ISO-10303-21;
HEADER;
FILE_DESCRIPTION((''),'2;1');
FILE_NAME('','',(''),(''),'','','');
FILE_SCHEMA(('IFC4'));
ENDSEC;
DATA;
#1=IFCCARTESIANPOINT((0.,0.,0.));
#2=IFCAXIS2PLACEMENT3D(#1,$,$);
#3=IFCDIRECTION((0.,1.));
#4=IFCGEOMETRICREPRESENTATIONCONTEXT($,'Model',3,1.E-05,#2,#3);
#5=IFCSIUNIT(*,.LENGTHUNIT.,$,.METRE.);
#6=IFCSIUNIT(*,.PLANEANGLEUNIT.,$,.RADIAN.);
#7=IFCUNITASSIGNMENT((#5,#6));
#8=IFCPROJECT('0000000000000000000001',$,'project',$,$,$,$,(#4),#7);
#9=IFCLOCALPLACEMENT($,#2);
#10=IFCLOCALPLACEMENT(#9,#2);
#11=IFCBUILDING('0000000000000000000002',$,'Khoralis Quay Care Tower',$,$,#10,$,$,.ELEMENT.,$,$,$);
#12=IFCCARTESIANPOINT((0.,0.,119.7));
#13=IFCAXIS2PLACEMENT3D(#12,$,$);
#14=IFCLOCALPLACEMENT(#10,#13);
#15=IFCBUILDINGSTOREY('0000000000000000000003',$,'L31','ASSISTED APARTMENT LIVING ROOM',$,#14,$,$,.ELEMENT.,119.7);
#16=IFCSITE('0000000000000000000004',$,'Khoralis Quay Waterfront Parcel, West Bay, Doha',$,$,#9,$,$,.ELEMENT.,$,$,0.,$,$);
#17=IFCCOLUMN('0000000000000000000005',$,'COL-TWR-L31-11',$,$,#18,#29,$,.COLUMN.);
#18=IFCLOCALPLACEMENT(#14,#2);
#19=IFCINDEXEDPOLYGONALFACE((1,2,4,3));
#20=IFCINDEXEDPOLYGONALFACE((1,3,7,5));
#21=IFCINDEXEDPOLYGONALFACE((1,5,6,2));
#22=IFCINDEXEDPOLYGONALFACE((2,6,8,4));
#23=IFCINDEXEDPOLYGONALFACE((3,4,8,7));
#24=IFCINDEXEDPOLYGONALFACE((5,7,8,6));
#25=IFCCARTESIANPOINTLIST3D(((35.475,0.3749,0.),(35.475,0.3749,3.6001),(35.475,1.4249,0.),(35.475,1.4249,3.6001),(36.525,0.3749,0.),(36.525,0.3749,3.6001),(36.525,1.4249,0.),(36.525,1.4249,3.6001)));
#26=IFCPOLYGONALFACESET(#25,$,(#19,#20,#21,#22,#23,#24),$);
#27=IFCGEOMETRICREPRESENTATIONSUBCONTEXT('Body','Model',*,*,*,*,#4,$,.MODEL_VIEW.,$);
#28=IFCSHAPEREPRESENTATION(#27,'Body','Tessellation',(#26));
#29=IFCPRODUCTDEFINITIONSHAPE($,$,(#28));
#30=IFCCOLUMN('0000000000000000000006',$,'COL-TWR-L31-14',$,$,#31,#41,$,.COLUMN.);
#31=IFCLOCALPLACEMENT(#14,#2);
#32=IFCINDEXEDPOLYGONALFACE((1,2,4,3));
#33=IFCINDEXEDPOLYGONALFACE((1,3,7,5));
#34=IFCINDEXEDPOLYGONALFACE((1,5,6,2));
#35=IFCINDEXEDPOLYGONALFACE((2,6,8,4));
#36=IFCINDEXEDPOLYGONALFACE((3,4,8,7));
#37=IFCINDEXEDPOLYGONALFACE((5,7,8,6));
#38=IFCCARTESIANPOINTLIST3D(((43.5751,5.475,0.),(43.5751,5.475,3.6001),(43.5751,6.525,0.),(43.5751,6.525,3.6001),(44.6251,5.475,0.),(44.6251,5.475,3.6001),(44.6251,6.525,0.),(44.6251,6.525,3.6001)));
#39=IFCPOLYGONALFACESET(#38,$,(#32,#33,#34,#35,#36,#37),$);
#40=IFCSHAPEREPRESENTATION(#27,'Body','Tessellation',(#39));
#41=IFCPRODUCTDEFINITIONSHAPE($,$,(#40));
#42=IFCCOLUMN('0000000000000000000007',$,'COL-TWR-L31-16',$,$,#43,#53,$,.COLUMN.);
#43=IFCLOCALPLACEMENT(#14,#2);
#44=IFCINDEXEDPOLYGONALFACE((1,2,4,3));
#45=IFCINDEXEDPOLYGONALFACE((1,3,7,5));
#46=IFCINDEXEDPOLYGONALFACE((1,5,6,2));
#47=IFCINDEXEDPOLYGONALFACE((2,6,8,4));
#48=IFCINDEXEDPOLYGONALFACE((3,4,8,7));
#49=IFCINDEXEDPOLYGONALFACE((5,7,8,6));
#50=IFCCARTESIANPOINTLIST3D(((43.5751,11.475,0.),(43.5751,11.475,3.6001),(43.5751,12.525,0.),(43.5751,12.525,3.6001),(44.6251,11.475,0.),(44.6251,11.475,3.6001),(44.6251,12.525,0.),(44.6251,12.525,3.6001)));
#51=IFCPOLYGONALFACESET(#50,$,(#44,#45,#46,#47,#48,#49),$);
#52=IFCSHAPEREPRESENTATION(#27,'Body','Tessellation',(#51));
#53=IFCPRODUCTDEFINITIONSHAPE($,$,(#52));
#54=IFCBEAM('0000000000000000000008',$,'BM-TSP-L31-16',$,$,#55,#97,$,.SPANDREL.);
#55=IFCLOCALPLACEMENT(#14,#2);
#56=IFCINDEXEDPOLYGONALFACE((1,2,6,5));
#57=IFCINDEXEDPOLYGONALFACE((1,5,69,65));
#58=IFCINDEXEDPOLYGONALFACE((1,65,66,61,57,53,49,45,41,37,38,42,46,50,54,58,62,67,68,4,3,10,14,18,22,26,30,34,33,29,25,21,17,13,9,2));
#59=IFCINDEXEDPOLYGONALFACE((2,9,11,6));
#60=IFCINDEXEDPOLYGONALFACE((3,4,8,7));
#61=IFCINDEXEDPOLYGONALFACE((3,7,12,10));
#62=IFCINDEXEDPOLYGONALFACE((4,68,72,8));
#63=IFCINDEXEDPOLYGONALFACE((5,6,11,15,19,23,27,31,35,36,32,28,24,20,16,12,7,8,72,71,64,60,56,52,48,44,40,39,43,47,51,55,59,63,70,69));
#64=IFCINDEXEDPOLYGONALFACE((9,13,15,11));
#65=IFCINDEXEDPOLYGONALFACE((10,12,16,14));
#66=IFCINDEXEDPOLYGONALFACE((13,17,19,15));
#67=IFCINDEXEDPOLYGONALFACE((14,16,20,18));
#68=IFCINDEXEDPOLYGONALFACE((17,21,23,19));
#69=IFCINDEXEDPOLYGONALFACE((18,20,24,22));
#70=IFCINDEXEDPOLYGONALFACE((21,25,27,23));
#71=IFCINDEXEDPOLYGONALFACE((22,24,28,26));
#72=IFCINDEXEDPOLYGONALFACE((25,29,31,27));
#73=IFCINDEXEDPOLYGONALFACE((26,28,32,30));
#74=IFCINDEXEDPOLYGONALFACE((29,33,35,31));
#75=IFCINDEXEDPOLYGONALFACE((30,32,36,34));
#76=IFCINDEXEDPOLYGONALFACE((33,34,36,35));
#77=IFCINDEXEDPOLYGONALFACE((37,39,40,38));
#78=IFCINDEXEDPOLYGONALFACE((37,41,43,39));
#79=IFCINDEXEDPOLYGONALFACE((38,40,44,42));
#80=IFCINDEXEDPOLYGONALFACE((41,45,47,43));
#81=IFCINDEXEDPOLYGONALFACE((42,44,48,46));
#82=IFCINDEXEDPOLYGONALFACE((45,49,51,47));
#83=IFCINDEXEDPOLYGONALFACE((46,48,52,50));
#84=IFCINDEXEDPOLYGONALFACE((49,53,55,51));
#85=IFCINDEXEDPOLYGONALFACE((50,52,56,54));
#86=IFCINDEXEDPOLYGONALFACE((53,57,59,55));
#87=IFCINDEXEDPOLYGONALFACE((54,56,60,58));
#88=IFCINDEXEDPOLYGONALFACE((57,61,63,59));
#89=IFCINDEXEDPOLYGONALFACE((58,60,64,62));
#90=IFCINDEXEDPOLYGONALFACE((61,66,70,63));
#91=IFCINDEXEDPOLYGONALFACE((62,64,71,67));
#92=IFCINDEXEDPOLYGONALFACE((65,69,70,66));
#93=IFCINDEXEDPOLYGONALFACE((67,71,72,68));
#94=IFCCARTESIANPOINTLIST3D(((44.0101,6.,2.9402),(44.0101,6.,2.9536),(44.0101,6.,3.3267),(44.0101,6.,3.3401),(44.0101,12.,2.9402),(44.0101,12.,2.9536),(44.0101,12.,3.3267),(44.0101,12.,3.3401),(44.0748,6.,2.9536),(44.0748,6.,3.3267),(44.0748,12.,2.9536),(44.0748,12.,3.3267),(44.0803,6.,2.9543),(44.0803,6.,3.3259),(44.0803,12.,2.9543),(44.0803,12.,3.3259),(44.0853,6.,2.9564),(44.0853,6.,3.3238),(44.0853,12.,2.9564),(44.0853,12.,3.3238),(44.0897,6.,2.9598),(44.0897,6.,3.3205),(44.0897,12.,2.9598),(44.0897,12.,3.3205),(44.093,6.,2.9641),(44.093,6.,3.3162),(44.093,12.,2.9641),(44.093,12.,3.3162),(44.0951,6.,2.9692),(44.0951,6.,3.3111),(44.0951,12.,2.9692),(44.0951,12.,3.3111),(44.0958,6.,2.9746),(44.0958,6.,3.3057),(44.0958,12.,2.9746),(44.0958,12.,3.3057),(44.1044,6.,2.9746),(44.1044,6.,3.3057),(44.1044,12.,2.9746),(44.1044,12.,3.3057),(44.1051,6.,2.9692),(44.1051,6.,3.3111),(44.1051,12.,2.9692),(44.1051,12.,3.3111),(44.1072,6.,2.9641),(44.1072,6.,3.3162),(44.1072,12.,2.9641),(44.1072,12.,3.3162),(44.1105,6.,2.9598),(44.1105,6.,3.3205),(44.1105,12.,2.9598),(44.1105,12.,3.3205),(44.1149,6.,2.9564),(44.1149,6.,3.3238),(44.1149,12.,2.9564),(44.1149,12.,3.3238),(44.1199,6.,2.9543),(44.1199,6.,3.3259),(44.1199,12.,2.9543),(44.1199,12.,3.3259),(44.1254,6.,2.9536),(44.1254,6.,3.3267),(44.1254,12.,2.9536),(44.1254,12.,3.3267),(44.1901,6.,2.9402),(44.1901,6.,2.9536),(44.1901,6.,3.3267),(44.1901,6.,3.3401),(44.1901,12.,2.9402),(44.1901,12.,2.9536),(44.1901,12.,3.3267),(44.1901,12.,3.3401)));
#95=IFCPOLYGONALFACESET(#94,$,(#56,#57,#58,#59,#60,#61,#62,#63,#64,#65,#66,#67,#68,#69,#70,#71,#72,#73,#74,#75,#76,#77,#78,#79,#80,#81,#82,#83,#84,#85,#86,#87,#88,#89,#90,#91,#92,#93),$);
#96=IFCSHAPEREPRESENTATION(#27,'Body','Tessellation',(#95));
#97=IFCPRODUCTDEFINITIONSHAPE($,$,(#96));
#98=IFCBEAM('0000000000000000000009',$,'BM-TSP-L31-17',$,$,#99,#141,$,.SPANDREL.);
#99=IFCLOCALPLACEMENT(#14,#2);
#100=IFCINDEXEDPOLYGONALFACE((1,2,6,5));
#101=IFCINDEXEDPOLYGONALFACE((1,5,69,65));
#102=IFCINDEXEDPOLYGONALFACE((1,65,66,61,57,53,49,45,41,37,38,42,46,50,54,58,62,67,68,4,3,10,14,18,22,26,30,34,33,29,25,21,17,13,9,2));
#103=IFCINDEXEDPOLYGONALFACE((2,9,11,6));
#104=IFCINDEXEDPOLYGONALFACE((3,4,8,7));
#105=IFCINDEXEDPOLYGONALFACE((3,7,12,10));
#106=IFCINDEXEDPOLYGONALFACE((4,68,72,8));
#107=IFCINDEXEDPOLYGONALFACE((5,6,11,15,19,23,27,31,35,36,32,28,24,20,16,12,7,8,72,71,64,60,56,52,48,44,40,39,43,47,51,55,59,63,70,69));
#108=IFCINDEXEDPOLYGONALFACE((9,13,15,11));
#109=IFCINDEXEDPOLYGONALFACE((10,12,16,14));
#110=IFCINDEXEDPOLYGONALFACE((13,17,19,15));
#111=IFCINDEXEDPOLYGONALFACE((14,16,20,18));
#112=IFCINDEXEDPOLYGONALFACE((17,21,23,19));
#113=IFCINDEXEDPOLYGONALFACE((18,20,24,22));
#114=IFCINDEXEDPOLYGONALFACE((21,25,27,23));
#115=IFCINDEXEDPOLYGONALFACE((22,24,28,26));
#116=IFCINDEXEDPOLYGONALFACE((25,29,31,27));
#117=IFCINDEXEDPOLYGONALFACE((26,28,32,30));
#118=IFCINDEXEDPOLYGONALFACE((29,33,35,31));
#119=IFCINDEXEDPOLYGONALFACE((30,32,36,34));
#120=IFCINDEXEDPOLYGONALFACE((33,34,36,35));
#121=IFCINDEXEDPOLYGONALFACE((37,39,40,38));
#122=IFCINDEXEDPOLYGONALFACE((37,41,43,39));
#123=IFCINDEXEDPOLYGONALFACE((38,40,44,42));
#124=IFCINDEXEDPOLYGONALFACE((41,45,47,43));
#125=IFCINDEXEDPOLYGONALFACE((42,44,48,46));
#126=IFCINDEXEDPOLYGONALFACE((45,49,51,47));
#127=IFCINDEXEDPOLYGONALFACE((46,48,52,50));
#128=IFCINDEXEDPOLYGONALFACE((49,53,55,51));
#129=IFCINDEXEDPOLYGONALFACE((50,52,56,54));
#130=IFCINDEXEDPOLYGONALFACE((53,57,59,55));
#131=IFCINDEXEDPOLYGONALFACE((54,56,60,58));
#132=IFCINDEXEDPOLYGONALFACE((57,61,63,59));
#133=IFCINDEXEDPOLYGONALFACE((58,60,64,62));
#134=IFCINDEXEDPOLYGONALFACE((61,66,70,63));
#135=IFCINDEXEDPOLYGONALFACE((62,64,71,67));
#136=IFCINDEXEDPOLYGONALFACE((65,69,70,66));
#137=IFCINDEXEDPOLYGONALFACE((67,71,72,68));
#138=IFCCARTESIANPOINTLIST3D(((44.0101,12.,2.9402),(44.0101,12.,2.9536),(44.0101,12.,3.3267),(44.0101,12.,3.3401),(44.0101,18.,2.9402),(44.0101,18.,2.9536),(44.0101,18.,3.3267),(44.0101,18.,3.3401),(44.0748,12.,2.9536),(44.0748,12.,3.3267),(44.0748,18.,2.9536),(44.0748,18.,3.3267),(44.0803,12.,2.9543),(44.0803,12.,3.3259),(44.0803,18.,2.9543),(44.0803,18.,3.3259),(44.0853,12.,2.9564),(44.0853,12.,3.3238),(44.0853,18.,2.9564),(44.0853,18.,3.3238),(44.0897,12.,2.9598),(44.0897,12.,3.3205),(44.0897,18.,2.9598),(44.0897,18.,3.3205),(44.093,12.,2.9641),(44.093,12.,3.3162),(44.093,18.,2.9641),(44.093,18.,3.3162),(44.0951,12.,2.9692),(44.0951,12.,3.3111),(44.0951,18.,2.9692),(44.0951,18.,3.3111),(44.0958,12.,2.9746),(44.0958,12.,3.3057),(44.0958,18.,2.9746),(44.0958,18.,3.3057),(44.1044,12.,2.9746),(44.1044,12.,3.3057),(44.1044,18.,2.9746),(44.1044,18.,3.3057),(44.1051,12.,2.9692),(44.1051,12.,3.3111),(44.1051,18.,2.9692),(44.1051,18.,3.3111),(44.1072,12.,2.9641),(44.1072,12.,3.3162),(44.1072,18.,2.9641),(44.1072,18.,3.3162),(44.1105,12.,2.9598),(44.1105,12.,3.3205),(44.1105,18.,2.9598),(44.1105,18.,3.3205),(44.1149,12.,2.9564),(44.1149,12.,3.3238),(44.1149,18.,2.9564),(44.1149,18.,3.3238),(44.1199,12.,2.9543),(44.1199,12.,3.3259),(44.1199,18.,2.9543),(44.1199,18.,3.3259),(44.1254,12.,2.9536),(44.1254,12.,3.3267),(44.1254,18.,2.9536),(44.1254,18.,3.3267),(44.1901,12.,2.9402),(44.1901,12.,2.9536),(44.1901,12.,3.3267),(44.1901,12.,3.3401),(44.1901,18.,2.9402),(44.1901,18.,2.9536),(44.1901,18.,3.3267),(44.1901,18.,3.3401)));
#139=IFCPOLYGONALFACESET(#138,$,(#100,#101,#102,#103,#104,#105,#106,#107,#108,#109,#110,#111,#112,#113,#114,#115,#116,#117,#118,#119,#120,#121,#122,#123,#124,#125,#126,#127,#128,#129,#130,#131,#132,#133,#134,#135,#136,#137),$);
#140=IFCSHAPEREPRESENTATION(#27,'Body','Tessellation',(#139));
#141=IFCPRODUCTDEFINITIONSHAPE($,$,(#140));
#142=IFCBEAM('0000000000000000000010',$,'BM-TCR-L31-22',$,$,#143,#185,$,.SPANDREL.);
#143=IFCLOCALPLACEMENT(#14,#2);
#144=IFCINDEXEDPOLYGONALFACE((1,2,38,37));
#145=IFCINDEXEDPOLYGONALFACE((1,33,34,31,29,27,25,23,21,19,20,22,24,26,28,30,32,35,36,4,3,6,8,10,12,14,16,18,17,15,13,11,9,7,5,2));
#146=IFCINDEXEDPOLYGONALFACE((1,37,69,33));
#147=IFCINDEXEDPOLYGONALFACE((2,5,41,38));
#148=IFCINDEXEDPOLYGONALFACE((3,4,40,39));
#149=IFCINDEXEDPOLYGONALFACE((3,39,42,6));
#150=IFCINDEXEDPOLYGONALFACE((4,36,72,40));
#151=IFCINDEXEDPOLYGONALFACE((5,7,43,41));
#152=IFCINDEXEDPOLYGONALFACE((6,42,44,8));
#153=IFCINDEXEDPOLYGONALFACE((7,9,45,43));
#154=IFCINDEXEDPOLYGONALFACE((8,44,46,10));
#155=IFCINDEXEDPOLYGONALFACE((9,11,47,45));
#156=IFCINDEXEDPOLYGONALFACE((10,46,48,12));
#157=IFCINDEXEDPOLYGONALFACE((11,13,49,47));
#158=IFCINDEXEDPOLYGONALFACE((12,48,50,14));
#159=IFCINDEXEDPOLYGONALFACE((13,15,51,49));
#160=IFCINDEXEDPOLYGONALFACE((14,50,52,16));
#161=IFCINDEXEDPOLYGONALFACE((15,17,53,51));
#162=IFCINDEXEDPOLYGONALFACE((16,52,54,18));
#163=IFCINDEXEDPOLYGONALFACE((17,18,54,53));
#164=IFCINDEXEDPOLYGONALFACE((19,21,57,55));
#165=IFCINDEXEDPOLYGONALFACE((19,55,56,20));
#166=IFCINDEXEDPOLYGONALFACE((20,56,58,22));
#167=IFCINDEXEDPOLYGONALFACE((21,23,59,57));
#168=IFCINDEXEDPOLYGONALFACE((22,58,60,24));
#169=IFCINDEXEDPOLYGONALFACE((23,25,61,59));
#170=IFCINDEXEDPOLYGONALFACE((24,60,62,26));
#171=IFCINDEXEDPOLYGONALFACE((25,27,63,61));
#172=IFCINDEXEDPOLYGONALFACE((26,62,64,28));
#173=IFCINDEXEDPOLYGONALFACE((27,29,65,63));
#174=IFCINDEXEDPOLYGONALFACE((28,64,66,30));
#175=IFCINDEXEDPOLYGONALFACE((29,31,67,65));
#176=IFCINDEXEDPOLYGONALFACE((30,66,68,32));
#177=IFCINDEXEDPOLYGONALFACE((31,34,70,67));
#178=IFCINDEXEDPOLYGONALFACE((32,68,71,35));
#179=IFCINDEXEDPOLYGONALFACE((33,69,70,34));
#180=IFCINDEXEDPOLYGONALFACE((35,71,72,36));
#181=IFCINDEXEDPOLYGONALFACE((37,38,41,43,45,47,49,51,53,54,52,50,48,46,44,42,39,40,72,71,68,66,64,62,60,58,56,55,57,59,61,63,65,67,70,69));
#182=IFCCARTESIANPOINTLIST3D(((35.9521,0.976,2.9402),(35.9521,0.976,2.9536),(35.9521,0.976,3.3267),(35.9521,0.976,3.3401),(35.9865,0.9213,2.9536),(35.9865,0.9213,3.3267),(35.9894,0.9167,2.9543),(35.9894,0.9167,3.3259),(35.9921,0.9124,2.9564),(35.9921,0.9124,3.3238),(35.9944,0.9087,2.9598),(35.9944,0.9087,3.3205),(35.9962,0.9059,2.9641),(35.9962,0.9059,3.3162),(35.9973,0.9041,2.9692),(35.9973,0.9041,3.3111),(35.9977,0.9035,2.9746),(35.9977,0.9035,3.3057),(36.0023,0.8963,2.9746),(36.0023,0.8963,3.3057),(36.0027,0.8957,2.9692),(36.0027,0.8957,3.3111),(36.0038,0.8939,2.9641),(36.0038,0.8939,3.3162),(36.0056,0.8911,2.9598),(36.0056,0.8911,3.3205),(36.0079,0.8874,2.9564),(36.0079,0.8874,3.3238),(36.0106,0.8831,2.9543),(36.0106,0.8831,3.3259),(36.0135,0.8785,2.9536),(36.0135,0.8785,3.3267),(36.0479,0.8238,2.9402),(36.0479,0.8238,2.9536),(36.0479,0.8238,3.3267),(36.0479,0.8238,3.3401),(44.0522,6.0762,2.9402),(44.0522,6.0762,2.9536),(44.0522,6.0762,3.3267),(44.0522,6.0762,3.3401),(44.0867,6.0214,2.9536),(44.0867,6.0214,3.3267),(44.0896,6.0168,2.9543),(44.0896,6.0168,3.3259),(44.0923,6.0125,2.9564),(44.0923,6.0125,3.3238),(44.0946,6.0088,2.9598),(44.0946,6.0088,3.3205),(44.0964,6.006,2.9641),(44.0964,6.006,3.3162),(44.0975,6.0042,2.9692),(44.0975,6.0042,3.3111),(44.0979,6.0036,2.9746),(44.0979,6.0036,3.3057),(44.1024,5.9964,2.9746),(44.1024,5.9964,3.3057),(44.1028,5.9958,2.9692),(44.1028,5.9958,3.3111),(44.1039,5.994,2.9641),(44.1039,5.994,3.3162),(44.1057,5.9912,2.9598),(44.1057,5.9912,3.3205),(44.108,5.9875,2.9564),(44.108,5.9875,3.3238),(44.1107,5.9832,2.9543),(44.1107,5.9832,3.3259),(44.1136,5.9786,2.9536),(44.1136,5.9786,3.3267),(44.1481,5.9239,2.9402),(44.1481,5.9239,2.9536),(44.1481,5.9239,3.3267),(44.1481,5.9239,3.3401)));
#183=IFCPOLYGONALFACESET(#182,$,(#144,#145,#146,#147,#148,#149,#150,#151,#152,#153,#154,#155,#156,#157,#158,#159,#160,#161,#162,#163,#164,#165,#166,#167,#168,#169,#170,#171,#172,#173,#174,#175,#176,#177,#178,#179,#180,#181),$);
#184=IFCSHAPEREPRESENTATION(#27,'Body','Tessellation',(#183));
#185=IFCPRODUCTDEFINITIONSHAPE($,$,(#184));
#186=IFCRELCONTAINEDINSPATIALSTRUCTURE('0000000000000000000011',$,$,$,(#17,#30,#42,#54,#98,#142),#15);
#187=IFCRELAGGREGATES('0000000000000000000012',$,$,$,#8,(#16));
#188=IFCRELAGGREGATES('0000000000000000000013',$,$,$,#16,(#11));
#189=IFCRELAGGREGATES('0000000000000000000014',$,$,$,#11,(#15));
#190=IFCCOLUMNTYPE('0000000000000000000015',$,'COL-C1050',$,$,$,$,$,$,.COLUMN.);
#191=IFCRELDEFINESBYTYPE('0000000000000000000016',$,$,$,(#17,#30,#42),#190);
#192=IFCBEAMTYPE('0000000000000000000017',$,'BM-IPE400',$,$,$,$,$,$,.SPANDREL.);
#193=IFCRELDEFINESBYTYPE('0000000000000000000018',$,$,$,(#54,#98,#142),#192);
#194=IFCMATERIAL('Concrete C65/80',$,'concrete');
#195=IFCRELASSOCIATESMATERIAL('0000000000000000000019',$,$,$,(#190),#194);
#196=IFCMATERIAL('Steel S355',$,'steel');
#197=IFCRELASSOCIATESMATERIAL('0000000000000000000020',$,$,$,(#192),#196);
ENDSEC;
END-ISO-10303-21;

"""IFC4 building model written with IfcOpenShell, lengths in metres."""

from ifc_helpers import new_model, si_unit, direction, frame, origin, origin_2d, place, context, subcontext, project, spatial, rectangle, i_section, extrude, source, transform, mapped, material, material_profile, profile_set, type_object, element, save


model = new_model("IFC4")

# Units and contexts
model_context = context("Model", 3, precision=1e-05, world=origin(), true_north=direction((0.0, 1.0)))
body_context = subcontext(model_context, "Body", "Model", "MODEL_VIEW")
ifc_project = project(units=[si_unit("LENGTHUNIT", "METRE"), si_unit("PLANEANGLEUNIT", "RADIAN")], contexts=[model_context])

# Site, building, storey
site_placement = place(None, origin())
site = spatial("IfcSite", under=ifc_project, at=site_placement, Name="Khoralis Quay Waterfront Parcel, West Bay, Doha", CompositionType="ELEMENT", RefElevation=0.0)
building_placement = place(site_placement, origin())
building = spatial("IfcBuilding", under=site, at=building_placement, Name="Khoralis Quay Care Tower", CompositionType="ELEMENT")
storey_placement = place(building_placement, frame((0.0, 0.0, 119.7)))
storey = spatial("IfcBuildingStorey", under=building, at=storey_placement, Name="L31", Description="ASSISTED APARTMENT LIVING ROOM", CompositionType="ELEMENT", Elevation=119.7)

# Columns
ifc_material_1 = material(Name="Concrete C65/80", Category="concrete")
ifc_material_profile_1 = material_profile(ifc_material_1, rectangle(XDim=1.05, YDim=1.05, at=origin_2d()), Name="Concrete C65/80")
ifc_profile_set_1 = profile_set([ifc_material_profile_1], Name="Concrete C65/80")
column_type = type_object("IfcColumnType", Name="COL-C1050", PredefinedType="COLUMN", material=ifc_profile_set_1)
shared_shape_1 = source(origin(), body_context, "Body", "SweptSolid", [
    extrude(rectangle(XDim=1.05, YDim=1.05, at=origin_2d()), origin(), (0.0, 0.0, 1.0), 3.6001),
])
for number, where, z_axis, x_axis, name in (
    (1, (36.0, 0.8999, 0.0), (0.0, 0.0, 1.0), (1.0, 0.0, 0.0), "COL-TWR-L31-11"),
    (2, (44.1001, 6.0, 0.0), (0.0, 0.0, 1.0), (1.0, 0.0, 0.0), "COL-TWR-L31-14"),
    (3, (44.1001, 12.0, 0.0), (0.0, 0.0, 1.0), (1.0, 0.0, 0.0), "COL-TWR-L31-16"),
):
    element("IfcColumn", number, at=place(storey_placement, frame(where, z_axis=z_axis, x_axis=x_axis)), inside=storey, type_object=column_type, Name=name, PredefinedType="COLUMN", context=body_context, shape_type="MappedRepresentation", body=[
        mapped(shared_shape_1, transform((0.0, 0.0, 0.0), scale=1.0)),
    ])

# Beams
ifc_material_2 = material(Name="Steel S355", Category="steel")
ifc_material_profile_2 = material_profile(ifc_material_2, i_section(OverallWidth=0.1799, OverallDepth=0.3999, WebThickness=0.0085, FlangeThickness=0.0134, FilletRadius=0.021, at=origin_2d()), Name="Steel S355")
ifc_profile_set_2 = profile_set([ifc_material_profile_2], Name="Steel S355")
beam_type_1 = type_object("IfcBeamType", Name="BM-IPE400", PredefinedType="SPANDREL", material=ifc_profile_set_2)
shared_shape_2 = source(origin(), body_context, "Body", "SweptSolid", [
    extrude(i_section(OverallWidth=0.1799, OverallDepth=0.3999, WebThickness=0.0085, FlangeThickness=0.0134, FilletRadius=0.021, at=origin_2d()), origin(), (0.0, 0.0, 1.0), 6.0),
])
for number, where, z_axis, x_axis, name in (
    (4, (44.1001, 6.0, 3.1401), (0.0, 1.0, 0.0), (-1.0, 0.0, 0.0), "BM-TSP-L31-16"),
    (5, (44.1001, 12.0, 3.1401), (0.0, 1.0, 0.0), (-1.0, 0.0, 0.0), "BM-TSP-L31-17"),
):
    element("IfcBeam", number, at=place(storey_placement, frame(where, z_axis=z_axis, x_axis=x_axis)), inside=storey, type_object=beam_type_1, Name=name, PredefinedType="SPANDREL", context=body_context, shape_type="MappedRepresentation", body=[
        mapped(shared_shape_2, transform((0.0, 0.0, 0.0), scale=1.0)),
    ])
shared_shape_3 = source(origin(), body_context, "Body", "SweptSolid", [
    extrude(i_section(OverallWidth=0.1799, OverallDepth=0.3999, WebThickness=0.0085, FlangeThickness=0.0134, FilletRadius=0.021, at=origin_2d()), origin(), (0.0, 0.0, 1.0), 9.572),
])
beam_1_placement = place(storey_placement, frame((36.0, 0.8999, 3.1401), z_axis=(0.846231, 0.532816, 0.0), x_axis=(-0.532816, 0.846231, 0.0)))
element("IfcBeam", 6, at=beam_1_placement, inside=storey, type_object=beam_type_1, Name="BM-TCR-L31-22", PredefinedType="SPANDREL", context=body_context, shape_type="MappedRepresentation", body=[
    mapped(shared_shape_3, transform((0.0, 0.0, 0.0), scale=1.0)),
])

save(model, "model.ifc")
